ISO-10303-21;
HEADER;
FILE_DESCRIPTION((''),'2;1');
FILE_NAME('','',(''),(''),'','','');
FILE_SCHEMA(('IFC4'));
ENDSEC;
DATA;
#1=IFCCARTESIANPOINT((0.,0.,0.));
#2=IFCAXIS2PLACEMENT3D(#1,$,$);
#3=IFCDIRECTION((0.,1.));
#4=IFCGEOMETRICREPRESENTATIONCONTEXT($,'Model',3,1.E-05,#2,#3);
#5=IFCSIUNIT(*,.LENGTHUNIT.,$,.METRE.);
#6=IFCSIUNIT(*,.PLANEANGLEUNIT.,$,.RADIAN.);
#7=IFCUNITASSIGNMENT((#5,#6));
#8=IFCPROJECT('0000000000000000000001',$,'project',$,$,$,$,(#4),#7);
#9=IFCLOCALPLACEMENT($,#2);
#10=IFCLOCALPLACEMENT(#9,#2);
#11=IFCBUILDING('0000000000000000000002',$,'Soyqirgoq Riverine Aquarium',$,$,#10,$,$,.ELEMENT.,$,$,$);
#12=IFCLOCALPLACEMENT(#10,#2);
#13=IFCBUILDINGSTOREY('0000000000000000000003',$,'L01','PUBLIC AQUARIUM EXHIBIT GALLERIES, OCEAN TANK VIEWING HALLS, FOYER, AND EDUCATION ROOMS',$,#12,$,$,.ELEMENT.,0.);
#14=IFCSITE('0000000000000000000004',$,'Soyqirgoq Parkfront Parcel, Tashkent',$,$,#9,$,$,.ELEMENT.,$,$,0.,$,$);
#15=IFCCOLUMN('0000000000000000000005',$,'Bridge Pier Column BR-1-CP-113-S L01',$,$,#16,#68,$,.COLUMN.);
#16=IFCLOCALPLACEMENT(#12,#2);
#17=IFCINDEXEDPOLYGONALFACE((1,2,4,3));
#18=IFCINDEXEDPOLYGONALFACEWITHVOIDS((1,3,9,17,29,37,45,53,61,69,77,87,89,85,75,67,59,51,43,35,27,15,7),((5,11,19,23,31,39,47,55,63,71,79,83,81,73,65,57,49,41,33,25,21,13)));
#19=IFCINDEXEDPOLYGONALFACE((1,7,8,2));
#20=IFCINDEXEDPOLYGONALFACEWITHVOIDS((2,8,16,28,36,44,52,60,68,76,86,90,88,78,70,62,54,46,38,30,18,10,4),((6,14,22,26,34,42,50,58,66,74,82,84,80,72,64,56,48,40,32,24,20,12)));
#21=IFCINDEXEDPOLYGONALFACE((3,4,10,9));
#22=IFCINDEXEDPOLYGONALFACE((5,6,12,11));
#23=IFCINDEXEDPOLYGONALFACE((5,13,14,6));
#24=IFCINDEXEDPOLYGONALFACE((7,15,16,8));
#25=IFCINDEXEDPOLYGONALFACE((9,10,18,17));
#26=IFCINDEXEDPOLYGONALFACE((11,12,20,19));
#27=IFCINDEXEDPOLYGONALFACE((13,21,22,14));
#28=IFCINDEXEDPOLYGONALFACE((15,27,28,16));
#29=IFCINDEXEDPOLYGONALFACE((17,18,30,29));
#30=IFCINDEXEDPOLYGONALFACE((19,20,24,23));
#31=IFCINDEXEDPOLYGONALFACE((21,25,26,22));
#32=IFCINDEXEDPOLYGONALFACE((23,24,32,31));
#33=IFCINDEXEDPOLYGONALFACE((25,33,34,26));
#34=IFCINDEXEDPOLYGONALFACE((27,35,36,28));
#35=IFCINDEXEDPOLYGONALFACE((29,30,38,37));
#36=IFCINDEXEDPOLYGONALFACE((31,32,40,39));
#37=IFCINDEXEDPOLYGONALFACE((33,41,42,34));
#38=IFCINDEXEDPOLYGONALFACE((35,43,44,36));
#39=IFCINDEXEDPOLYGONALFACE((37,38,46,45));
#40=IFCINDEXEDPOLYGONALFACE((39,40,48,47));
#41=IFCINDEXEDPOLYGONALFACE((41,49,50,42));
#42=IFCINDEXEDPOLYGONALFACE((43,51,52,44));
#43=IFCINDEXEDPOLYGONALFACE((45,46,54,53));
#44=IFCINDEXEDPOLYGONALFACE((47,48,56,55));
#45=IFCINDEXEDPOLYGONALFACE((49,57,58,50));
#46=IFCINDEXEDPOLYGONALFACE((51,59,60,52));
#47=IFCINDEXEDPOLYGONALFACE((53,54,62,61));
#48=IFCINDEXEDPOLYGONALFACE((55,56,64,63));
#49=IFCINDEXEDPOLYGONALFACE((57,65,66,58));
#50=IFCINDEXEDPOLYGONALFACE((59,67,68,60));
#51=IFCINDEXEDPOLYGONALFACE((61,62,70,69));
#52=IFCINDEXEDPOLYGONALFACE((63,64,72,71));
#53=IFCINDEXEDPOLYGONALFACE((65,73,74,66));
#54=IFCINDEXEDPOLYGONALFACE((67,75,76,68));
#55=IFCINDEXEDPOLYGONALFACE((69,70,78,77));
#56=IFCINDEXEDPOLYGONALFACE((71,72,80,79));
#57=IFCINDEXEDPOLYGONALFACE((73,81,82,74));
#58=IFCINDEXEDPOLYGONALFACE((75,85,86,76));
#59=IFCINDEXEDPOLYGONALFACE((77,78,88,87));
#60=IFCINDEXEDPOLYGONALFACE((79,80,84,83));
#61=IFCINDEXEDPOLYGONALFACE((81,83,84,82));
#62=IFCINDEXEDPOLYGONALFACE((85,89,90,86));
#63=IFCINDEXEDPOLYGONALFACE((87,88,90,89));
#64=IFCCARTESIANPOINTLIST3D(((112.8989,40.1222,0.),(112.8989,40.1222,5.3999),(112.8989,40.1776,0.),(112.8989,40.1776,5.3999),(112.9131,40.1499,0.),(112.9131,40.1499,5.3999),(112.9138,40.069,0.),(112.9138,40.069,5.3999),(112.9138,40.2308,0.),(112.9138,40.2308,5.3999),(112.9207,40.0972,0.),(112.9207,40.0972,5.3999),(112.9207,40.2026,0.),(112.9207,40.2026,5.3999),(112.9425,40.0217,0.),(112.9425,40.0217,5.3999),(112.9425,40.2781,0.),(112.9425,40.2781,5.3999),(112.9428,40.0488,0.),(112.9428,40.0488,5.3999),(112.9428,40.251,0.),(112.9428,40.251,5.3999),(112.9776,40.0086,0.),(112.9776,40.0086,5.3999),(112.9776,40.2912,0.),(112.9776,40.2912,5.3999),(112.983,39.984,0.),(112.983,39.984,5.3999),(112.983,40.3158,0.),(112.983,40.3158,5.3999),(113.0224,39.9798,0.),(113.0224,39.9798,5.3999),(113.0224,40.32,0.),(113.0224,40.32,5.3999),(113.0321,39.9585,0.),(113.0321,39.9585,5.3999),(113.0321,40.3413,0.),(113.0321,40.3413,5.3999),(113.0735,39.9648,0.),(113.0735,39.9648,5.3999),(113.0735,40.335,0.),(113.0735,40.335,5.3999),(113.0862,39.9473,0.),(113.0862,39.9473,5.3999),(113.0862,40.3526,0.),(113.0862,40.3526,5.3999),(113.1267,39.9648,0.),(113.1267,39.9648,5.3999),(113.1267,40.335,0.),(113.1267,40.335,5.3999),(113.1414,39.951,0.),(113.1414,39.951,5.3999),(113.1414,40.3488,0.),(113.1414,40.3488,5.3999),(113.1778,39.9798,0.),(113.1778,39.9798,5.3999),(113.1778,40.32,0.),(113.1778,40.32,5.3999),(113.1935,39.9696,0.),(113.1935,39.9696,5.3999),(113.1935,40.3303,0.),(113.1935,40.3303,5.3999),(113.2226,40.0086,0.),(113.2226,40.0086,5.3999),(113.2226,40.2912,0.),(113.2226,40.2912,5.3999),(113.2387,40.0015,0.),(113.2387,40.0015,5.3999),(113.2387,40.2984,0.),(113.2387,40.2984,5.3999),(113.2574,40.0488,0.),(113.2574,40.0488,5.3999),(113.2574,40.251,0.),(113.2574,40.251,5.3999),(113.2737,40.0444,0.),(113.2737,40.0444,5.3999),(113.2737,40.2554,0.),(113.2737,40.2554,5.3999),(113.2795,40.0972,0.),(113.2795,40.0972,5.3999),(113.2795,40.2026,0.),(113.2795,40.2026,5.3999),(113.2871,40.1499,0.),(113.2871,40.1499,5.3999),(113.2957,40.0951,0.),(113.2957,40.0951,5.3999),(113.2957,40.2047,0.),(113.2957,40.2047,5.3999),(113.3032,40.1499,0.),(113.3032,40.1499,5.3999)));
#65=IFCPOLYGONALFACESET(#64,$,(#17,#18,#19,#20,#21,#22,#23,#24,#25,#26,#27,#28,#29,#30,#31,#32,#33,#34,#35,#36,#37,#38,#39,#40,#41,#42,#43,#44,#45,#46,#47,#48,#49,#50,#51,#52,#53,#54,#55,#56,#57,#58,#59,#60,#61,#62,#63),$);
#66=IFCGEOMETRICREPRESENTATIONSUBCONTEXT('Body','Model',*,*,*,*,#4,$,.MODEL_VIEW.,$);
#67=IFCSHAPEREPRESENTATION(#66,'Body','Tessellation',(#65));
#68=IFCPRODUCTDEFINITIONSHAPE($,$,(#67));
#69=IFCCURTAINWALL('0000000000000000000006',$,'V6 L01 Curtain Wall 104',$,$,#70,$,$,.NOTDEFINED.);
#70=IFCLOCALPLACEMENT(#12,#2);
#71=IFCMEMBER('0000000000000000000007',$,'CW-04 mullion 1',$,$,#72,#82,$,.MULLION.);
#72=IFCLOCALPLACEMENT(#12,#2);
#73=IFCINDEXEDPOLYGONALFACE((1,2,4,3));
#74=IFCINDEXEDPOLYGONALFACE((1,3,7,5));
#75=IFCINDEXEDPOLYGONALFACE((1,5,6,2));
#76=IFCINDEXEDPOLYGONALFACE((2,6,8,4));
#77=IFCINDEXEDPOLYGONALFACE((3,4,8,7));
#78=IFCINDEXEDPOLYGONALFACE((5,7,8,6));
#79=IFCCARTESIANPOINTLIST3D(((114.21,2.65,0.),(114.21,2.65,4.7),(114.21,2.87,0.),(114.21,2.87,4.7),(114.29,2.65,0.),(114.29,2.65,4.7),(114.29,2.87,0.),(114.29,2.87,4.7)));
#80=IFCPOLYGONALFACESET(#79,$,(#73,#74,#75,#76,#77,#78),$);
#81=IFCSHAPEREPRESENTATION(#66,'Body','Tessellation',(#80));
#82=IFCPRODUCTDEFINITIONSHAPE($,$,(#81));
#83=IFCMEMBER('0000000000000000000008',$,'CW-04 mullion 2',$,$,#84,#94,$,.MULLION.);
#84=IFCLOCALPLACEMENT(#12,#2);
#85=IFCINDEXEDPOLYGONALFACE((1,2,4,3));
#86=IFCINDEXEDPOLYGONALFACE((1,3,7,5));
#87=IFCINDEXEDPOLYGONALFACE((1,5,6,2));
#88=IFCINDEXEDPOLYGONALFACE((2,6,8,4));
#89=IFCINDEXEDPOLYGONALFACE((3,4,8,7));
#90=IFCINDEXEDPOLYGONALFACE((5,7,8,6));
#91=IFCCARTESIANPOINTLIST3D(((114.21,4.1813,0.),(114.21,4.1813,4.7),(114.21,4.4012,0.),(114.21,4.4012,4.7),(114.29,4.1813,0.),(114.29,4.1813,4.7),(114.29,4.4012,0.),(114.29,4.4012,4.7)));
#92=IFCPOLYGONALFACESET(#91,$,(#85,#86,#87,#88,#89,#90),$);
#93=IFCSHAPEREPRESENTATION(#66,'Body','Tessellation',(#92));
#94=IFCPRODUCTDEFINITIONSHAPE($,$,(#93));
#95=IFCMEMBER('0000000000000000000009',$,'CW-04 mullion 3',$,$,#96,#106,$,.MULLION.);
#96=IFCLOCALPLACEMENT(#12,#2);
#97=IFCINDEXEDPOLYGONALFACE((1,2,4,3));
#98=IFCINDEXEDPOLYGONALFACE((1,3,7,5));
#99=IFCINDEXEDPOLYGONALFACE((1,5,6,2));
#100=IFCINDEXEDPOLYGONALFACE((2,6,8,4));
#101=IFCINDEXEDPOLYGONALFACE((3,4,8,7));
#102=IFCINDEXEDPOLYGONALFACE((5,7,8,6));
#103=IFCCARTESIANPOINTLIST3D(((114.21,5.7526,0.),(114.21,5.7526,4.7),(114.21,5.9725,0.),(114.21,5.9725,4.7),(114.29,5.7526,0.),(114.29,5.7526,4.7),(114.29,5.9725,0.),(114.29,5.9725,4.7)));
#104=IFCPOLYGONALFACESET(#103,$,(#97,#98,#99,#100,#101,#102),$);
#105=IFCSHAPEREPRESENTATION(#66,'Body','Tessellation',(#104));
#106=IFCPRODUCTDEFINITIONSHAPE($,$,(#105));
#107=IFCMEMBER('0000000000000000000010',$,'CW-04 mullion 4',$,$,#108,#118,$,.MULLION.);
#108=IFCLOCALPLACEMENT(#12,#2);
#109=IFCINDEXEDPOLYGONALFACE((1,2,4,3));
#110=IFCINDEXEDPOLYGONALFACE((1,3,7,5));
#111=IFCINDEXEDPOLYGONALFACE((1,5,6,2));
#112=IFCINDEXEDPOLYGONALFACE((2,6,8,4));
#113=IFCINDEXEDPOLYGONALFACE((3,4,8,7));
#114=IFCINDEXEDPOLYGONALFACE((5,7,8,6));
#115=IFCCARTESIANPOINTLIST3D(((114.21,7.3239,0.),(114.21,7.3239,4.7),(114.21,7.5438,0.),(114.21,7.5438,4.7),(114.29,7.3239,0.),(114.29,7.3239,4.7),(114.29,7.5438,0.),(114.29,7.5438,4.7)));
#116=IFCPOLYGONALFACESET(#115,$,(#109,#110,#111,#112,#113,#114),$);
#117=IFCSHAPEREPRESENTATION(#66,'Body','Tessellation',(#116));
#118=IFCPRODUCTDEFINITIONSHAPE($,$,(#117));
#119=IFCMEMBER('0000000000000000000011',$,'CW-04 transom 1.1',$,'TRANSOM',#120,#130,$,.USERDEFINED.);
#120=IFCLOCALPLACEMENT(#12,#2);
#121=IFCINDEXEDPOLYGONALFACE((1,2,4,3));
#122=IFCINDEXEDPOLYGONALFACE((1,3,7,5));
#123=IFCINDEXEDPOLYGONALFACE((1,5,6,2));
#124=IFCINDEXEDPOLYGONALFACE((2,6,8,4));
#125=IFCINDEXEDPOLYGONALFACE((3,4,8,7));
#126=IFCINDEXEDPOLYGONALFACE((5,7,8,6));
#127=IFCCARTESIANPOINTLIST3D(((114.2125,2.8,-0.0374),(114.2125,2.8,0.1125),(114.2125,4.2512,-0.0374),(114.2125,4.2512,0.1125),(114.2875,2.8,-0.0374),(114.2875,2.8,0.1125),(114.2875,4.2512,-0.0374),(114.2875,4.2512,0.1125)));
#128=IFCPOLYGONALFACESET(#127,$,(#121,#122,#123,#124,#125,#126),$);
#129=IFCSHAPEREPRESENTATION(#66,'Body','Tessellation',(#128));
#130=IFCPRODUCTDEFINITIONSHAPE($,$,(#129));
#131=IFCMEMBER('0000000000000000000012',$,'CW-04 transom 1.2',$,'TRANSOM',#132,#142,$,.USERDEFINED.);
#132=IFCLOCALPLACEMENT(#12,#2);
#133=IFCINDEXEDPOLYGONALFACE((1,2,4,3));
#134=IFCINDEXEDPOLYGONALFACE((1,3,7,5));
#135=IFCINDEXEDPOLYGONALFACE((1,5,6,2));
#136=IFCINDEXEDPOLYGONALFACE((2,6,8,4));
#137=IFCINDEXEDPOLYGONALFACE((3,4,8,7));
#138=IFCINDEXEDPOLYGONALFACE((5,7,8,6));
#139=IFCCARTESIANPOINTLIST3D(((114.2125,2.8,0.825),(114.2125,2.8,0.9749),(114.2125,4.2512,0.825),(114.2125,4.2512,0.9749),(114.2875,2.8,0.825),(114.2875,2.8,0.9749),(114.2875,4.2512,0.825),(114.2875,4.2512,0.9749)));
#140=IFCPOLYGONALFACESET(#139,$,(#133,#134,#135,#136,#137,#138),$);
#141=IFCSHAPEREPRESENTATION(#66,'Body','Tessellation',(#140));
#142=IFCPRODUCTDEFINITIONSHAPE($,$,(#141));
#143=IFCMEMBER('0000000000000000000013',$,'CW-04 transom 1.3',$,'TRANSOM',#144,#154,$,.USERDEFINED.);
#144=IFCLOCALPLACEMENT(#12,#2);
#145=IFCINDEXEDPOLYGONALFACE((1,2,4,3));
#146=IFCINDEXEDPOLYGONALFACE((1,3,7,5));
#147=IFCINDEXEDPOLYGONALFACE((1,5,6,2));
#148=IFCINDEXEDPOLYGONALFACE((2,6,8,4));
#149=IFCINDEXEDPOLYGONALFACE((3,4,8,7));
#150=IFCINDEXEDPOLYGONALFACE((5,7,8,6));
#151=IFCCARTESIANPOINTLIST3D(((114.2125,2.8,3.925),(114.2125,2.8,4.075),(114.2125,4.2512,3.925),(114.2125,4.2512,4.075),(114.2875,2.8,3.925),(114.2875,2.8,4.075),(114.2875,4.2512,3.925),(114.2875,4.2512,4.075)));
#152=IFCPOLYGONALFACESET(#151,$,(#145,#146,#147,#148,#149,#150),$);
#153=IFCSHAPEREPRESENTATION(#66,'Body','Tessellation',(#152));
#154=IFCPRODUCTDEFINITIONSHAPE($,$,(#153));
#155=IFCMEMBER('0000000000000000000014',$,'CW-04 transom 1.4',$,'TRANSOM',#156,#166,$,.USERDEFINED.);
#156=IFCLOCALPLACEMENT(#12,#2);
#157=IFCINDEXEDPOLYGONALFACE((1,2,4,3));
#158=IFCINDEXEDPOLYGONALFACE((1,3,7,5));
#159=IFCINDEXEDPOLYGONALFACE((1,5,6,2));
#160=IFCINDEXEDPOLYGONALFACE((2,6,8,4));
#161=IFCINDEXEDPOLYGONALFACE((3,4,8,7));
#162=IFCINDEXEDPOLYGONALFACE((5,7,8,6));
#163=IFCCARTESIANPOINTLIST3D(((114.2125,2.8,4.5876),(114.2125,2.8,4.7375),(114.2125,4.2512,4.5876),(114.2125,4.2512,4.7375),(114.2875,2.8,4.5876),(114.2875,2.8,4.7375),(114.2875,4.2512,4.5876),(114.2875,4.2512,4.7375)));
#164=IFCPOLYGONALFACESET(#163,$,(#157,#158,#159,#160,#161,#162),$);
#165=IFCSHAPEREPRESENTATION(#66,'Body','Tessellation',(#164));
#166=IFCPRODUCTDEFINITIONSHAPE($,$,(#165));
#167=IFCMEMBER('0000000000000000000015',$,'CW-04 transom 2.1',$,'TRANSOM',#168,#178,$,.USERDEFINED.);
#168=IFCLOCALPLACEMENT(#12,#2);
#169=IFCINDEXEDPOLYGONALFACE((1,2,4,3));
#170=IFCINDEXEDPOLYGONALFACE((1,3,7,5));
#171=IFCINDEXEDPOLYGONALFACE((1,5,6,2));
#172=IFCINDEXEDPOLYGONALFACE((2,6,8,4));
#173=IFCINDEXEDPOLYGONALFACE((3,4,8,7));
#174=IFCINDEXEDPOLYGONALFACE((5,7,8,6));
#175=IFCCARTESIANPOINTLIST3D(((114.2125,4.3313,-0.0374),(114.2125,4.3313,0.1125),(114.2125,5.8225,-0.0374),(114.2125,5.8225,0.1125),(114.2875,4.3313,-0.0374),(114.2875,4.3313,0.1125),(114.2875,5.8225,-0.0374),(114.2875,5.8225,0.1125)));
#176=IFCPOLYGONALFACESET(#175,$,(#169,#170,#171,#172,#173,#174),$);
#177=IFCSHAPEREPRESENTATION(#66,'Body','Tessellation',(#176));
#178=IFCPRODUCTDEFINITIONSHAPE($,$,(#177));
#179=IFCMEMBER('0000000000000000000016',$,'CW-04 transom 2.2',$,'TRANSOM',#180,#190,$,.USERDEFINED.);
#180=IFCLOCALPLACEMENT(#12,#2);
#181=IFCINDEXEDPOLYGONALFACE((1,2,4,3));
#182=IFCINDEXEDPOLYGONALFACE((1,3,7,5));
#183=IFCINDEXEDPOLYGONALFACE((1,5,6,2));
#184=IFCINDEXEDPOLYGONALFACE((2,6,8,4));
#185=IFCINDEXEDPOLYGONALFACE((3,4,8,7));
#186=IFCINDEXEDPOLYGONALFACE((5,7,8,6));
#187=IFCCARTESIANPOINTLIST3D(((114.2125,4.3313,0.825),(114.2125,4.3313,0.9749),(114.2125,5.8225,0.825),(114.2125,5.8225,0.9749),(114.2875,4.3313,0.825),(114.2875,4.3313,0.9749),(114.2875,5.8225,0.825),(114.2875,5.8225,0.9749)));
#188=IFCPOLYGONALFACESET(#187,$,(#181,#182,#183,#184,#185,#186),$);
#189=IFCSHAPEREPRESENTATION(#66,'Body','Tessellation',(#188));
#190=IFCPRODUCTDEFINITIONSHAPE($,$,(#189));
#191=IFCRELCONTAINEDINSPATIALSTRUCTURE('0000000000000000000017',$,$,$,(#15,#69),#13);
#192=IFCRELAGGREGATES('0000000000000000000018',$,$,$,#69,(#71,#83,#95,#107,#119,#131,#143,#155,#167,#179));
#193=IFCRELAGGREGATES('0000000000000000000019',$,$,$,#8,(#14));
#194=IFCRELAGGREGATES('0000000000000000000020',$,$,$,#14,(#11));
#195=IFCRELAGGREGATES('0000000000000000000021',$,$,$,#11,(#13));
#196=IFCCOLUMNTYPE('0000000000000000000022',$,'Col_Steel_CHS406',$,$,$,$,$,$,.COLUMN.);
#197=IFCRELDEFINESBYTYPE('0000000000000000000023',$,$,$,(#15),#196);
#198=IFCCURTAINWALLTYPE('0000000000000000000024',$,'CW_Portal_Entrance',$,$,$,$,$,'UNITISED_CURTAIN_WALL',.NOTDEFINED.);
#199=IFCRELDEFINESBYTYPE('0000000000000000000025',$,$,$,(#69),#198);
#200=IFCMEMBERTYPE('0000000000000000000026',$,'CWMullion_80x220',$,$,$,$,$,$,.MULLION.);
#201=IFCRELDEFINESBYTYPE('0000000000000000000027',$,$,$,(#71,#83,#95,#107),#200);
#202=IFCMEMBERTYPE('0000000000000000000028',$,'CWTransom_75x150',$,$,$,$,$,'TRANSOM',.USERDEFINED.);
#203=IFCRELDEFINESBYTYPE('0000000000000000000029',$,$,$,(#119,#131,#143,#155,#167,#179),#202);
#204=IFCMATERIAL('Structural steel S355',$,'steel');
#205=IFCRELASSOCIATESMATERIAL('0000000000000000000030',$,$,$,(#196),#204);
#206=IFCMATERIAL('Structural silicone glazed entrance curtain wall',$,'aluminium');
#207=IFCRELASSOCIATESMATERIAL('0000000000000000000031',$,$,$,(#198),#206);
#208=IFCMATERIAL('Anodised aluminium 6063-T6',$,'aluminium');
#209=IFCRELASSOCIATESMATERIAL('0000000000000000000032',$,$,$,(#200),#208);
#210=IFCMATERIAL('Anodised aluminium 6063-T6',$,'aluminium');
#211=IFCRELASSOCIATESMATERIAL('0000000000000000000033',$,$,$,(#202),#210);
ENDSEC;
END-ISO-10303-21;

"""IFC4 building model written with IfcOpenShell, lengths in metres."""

from ifc_helpers import new_model, si_unit, direction, frame, origin, origin_2d, place, context, subcontext, project, spatial, rectangle, hollow_circle, extrude, material, material_profile, profile_set, type_object, element, aggregate, save


model = new_model("IFC4")

# Units and contexts
model_context = context("Model", 3, precision=1e-05, world=origin(), true_north=direction((0.0, 1.0)))
body_context = subcontext(model_context, "Body", "Model", "MODEL_VIEW")
ifc_project = project(units=[si_unit("LENGTHUNIT", "METRE"), si_unit("PLANEANGLEUNIT", "RADIAN")], contexts=[model_context])

# Site, building, storey
site_placement = place(None, origin())
site = spatial("IfcSite", under=ifc_project, at=site_placement, Name="Soyqirgoq Parkfront Parcel, Tashkent", CompositionType="ELEMENT", RefElevation=0.0)
building_placement = place(site_placement, origin())
building = spatial("IfcBuilding", under=site, at=building_placement, Name="Soyqirgoq Riverine Aquarium", CompositionType="ELEMENT")
storey_placement = place(building_placement, origin())
storey = spatial("IfcBuildingStorey", under=building, at=storey_placement, Name="L01", Description="PUBLIC AQUARIUM EXHIBIT GALLERIES, OCEAN TANK VIEWING HALLS, FOYER, AND EDUCATION ROOMS", CompositionType="ELEMENT", Elevation=0.0)

# Column
ifc_material_1 = material(Name="Structural steel S355", Category="steel")
ifc_material_profile_1 = material_profile(ifc_material_1, hollow_circle(Radius=0.2031, WallThickness=0.0161, at=origin_2d()), Name="CHS 406.4x16")
ifc_profile_set_1 = profile_set([ifc_material_profile_1], Name="Structural steel S355")
column_type = type_object("IfcColumnType", Name="Col_Steel_CHS406", PredefinedType="COLUMN", material=ifc_profile_set_1)
for number, where, z_axis, x_axis, name in (
    (1, (113.1001, 40.1499, 0.0), (0.0, 0.0, 1.0), (1.0, 0.0, 0.0), "Bridge Pier Column BR-1-CP-113-S L01"),
):
    element("IfcColumn", number, at=place(storey_placement, frame(where, z_axis=z_axis, x_axis=x_axis)), inside=storey, type_object=column_type, Name=name, PredefinedType="COLUMN", context=body_context, shape_type="SweptSolid", body=[
        extrude(hollow_circle(Radius=0.2031, WallThickness=0.0161, at=origin_2d()), origin(), (0.0, 0.0, 1.0), 5.3999),
    ])

# Curtain wall, members
ifc_material_2 = material(Name="Structural silicone glazed entrance curtain wall", Category="aluminium")
curtain_wall_type = type_object("IfcCurtainWallType", Name="CW_Portal_Entrance", ElementType="UNITISED_CURTAIN_WALL", PredefinedType="NOTDEFINED", material=ifc_material_2)
curtain_wall_placement = place(storey_placement, origin())
curtain_wall = element("IfcCurtainWall", 2, at=curtain_wall_placement, inside=storey, type_object=curtain_wall_type, Name="V6 L01 Curtain Wall 104", PredefinedType="NOTDEFINED")
ifc_material_3 = material(Name="Anodised aluminium 6063-T6", Category="aluminium")
ifc_material_profile_2 = material_profile(ifc_material_3, rectangle(XDim=0.0801, YDim=0.22, at=origin_2d()), Name="ALU-M 80x220")
ifc_profile_set_2 = profile_set([ifc_material_profile_2], Name="Anodised aluminium 6063-T6")
member_type_1 = type_object("IfcMemberType", Name="CWMullion_80x220", PredefinedType="MULLION", material=ifc_profile_set_2)
member_1_placement = place(storey_placement, frame((114.25, 2.76, 0.0), z_axis=(0.0, 0.0, 1.0), x_axis=(-1.0, 0.0, 0.0)))
member_1 = element("IfcMember", 3, at=member_1_placement, type_object=member_type_1, Name="CW-04 mullion 1", PredefinedType="MULLION", context=body_context, shape_type="SweptSolid", body=[
    extrude(rectangle(XDim=0.0801, YDim=0.22, at=origin_2d()), origin(), (0.0, 0.0, 1.0), 4.7),
])
member_2_placement = place(storey_placement, frame((114.25, 4.2913, 0.0), z_axis=(0.0, 0.0, 1.0), x_axis=(-1.0, 0.0, 0.0)))
member_2 = element("IfcMember", 4, at=member_2_placement, type_object=member_type_1, Name="CW-04 mullion 2", PredefinedType="MULLION", context=body_context, shape_type="SweptSolid", body=[
    extrude(rectangle(XDim=0.0801, YDim=0.22, at=origin_2d()), origin(), (0.0, 0.0, 1.0), 4.7),
])
member_3_placement = place(storey_placement, frame((114.25, 5.8625, 0.0), z_axis=(0.0, 0.0, 1.0), x_axis=(-1.0, 0.0, 0.0)))
member_3 = element("IfcMember", 5, at=member_3_placement, type_object=member_type_1, Name="CW-04 mullion 3", PredefinedType="MULLION", context=body_context, shape_type="SweptSolid", body=[
    extrude(rectangle(XDim=0.0801, YDim=0.22, at=origin_2d()), origin(), (0.0, 0.0, 1.0), 4.7),
])
member_4_placement = place(storey_placement, frame((114.25, 7.4338, 0.0), z_axis=(0.0, 0.0, 1.0), x_axis=(-1.0, 0.0, 0.0)))
member_4 = element("IfcMember", 6, at=member_4_placement, type_object=member_type_1, Name="CW-04 mullion 4", PredefinedType="MULLION", context=body_context, shape_type="SweptSolid", body=[
    extrude(rectangle(XDim=0.0801, YDim=0.22, at=origin_2d()), origin(), (0.0, 0.0, 1.0), 4.7),
])
ifc_material_4 = material(Name="Anodised aluminium 6063-T6", Category="aluminium")
ifc_material_profile_3 = material_profile(ifc_material_4, rectangle(XDim=0.075, YDim=0.1499, at=origin_2d()), Name="ALU-T 75x150")
ifc_profile_set_3 = profile_set([ifc_material_profile_3], Name="Anodised aluminium 6063-T6")
member_type_2 = type_object("IfcMemberType", Name="CWTransom_75x150", ElementType="TRANSOM", PredefinedType="USERDEFINED", material=ifc_profile_set_3)
member_5_placement = place(storey_placement, frame((114.25, 2.8, 0.0376), z_axis=(0.0, 1.0, 0.0), x_axis=(-1.0, 0.0, 0.0)))
member_5 = element("IfcMember", 7, at=member_5_placement, type_object=member_type_2, Name="CW-04 transom 1.1", ObjectType="TRANSOM", PredefinedType="USERDEFINED", context=body_context, shape_type="SweptSolid", body=[
    extrude(rectangle(XDim=0.075, YDim=0.1499, at=origin_2d()), origin(), (0.0, 0.0, 1.0), 1.4512),
])
member_6_placement = place(storey_placement, frame((114.25, 2.8, 0.8999), z_axis=(0.0, 1.0, 0.0), x_axis=(-1.0, 0.0, 0.0)))
member_6 = element("IfcMember", 8, at=member_6_placement, type_object=member_type_2, Name="CW-04 transom 1.2", ObjectType="TRANSOM", PredefinedType="USERDEFINED", context=body_context, shape_type="SweptSolid", body=[
    extrude(rectangle(XDim=0.075, YDim=0.1499, at=origin_2d()), origin(), (0.0, 0.0, 1.0), 1.4512),
])
member_7_placement = place(storey_placement, frame((114.25, 2.8, 4.0), z_axis=(0.0, 1.0, 0.0), x_axis=(-1.0, 0.0, 0.0)))
member_7 = element("IfcMember", 9, at=member_7_placement, type_object=member_type_2, Name="CW-04 transom 1.3", ObjectType="TRANSOM", PredefinedType="USERDEFINED", context=body_context, shape_type="SweptSolid", body=[
    extrude(rectangle(XDim=0.075, YDim=0.1499, at=origin_2d()), origin(), (0.0, 0.0, 1.0), 1.4512),
])
member_8_placement = place(storey_placement, frame((114.25, 2.8, 4.6626), z_axis=(0.0, 1.0, 0.0), x_axis=(-1.0, 0.0, 0.0)))
member_8 = element("IfcMember", 10, at=member_8_placement, type_object=member_type_2, Name="CW-04 transom 1.4", ObjectType="TRANSOM", PredefinedType="USERDEFINED", context=body_context, shape_type="SweptSolid", body=[
    extrude(rectangle(XDim=0.075, YDim=0.1499, at=origin_2d()), origin(), (0.0, 0.0, 1.0), 1.4512),
])
member_9_placement = place(storey_placement, frame((114.25, 4.3313, 0.0376), z_axis=(0.0, 1.0, 0.0), x_axis=(-1.0, 0.0, 0.0)))
member_9 = element("IfcMember", 11, at=member_9_placement, type_object=member_type_2, Name="CW-04 transom 2.1", ObjectType="TRANSOM", PredefinedType="USERDEFINED", context=body_context, shape_type="SweptSolid", body=[
    extrude(rectangle(XDim=0.075, YDim=0.1499, at=origin_2d()), origin(), (0.0, 0.0, 1.0), 1.4912),
])
member_10_placement = place(storey_placement, frame((114.25, 4.3313, 0.8999), z_axis=(0.0, 1.0, 0.0), x_axis=(-1.0, 0.0, 0.0)))
member_10 = element("IfcMember", 12, at=member_10_placement, type_object=member_type_2, Name="CW-04 transom 2.2", ObjectType="TRANSOM", PredefinedType="USERDEFINED", context=body_context, shape_type="SweptSolid", body=[
    extrude(rectangle(XDim=0.075, YDim=0.1499, at=origin_2d()), origin(), (0.0, 0.0, 1.0), 1.4912),
])
aggregate(curtain_wall, [member_1, member_2, member_3, member_4, member_5, member_6, member_7, member_8, member_9, member_10])

save(model, "model.ifc")
